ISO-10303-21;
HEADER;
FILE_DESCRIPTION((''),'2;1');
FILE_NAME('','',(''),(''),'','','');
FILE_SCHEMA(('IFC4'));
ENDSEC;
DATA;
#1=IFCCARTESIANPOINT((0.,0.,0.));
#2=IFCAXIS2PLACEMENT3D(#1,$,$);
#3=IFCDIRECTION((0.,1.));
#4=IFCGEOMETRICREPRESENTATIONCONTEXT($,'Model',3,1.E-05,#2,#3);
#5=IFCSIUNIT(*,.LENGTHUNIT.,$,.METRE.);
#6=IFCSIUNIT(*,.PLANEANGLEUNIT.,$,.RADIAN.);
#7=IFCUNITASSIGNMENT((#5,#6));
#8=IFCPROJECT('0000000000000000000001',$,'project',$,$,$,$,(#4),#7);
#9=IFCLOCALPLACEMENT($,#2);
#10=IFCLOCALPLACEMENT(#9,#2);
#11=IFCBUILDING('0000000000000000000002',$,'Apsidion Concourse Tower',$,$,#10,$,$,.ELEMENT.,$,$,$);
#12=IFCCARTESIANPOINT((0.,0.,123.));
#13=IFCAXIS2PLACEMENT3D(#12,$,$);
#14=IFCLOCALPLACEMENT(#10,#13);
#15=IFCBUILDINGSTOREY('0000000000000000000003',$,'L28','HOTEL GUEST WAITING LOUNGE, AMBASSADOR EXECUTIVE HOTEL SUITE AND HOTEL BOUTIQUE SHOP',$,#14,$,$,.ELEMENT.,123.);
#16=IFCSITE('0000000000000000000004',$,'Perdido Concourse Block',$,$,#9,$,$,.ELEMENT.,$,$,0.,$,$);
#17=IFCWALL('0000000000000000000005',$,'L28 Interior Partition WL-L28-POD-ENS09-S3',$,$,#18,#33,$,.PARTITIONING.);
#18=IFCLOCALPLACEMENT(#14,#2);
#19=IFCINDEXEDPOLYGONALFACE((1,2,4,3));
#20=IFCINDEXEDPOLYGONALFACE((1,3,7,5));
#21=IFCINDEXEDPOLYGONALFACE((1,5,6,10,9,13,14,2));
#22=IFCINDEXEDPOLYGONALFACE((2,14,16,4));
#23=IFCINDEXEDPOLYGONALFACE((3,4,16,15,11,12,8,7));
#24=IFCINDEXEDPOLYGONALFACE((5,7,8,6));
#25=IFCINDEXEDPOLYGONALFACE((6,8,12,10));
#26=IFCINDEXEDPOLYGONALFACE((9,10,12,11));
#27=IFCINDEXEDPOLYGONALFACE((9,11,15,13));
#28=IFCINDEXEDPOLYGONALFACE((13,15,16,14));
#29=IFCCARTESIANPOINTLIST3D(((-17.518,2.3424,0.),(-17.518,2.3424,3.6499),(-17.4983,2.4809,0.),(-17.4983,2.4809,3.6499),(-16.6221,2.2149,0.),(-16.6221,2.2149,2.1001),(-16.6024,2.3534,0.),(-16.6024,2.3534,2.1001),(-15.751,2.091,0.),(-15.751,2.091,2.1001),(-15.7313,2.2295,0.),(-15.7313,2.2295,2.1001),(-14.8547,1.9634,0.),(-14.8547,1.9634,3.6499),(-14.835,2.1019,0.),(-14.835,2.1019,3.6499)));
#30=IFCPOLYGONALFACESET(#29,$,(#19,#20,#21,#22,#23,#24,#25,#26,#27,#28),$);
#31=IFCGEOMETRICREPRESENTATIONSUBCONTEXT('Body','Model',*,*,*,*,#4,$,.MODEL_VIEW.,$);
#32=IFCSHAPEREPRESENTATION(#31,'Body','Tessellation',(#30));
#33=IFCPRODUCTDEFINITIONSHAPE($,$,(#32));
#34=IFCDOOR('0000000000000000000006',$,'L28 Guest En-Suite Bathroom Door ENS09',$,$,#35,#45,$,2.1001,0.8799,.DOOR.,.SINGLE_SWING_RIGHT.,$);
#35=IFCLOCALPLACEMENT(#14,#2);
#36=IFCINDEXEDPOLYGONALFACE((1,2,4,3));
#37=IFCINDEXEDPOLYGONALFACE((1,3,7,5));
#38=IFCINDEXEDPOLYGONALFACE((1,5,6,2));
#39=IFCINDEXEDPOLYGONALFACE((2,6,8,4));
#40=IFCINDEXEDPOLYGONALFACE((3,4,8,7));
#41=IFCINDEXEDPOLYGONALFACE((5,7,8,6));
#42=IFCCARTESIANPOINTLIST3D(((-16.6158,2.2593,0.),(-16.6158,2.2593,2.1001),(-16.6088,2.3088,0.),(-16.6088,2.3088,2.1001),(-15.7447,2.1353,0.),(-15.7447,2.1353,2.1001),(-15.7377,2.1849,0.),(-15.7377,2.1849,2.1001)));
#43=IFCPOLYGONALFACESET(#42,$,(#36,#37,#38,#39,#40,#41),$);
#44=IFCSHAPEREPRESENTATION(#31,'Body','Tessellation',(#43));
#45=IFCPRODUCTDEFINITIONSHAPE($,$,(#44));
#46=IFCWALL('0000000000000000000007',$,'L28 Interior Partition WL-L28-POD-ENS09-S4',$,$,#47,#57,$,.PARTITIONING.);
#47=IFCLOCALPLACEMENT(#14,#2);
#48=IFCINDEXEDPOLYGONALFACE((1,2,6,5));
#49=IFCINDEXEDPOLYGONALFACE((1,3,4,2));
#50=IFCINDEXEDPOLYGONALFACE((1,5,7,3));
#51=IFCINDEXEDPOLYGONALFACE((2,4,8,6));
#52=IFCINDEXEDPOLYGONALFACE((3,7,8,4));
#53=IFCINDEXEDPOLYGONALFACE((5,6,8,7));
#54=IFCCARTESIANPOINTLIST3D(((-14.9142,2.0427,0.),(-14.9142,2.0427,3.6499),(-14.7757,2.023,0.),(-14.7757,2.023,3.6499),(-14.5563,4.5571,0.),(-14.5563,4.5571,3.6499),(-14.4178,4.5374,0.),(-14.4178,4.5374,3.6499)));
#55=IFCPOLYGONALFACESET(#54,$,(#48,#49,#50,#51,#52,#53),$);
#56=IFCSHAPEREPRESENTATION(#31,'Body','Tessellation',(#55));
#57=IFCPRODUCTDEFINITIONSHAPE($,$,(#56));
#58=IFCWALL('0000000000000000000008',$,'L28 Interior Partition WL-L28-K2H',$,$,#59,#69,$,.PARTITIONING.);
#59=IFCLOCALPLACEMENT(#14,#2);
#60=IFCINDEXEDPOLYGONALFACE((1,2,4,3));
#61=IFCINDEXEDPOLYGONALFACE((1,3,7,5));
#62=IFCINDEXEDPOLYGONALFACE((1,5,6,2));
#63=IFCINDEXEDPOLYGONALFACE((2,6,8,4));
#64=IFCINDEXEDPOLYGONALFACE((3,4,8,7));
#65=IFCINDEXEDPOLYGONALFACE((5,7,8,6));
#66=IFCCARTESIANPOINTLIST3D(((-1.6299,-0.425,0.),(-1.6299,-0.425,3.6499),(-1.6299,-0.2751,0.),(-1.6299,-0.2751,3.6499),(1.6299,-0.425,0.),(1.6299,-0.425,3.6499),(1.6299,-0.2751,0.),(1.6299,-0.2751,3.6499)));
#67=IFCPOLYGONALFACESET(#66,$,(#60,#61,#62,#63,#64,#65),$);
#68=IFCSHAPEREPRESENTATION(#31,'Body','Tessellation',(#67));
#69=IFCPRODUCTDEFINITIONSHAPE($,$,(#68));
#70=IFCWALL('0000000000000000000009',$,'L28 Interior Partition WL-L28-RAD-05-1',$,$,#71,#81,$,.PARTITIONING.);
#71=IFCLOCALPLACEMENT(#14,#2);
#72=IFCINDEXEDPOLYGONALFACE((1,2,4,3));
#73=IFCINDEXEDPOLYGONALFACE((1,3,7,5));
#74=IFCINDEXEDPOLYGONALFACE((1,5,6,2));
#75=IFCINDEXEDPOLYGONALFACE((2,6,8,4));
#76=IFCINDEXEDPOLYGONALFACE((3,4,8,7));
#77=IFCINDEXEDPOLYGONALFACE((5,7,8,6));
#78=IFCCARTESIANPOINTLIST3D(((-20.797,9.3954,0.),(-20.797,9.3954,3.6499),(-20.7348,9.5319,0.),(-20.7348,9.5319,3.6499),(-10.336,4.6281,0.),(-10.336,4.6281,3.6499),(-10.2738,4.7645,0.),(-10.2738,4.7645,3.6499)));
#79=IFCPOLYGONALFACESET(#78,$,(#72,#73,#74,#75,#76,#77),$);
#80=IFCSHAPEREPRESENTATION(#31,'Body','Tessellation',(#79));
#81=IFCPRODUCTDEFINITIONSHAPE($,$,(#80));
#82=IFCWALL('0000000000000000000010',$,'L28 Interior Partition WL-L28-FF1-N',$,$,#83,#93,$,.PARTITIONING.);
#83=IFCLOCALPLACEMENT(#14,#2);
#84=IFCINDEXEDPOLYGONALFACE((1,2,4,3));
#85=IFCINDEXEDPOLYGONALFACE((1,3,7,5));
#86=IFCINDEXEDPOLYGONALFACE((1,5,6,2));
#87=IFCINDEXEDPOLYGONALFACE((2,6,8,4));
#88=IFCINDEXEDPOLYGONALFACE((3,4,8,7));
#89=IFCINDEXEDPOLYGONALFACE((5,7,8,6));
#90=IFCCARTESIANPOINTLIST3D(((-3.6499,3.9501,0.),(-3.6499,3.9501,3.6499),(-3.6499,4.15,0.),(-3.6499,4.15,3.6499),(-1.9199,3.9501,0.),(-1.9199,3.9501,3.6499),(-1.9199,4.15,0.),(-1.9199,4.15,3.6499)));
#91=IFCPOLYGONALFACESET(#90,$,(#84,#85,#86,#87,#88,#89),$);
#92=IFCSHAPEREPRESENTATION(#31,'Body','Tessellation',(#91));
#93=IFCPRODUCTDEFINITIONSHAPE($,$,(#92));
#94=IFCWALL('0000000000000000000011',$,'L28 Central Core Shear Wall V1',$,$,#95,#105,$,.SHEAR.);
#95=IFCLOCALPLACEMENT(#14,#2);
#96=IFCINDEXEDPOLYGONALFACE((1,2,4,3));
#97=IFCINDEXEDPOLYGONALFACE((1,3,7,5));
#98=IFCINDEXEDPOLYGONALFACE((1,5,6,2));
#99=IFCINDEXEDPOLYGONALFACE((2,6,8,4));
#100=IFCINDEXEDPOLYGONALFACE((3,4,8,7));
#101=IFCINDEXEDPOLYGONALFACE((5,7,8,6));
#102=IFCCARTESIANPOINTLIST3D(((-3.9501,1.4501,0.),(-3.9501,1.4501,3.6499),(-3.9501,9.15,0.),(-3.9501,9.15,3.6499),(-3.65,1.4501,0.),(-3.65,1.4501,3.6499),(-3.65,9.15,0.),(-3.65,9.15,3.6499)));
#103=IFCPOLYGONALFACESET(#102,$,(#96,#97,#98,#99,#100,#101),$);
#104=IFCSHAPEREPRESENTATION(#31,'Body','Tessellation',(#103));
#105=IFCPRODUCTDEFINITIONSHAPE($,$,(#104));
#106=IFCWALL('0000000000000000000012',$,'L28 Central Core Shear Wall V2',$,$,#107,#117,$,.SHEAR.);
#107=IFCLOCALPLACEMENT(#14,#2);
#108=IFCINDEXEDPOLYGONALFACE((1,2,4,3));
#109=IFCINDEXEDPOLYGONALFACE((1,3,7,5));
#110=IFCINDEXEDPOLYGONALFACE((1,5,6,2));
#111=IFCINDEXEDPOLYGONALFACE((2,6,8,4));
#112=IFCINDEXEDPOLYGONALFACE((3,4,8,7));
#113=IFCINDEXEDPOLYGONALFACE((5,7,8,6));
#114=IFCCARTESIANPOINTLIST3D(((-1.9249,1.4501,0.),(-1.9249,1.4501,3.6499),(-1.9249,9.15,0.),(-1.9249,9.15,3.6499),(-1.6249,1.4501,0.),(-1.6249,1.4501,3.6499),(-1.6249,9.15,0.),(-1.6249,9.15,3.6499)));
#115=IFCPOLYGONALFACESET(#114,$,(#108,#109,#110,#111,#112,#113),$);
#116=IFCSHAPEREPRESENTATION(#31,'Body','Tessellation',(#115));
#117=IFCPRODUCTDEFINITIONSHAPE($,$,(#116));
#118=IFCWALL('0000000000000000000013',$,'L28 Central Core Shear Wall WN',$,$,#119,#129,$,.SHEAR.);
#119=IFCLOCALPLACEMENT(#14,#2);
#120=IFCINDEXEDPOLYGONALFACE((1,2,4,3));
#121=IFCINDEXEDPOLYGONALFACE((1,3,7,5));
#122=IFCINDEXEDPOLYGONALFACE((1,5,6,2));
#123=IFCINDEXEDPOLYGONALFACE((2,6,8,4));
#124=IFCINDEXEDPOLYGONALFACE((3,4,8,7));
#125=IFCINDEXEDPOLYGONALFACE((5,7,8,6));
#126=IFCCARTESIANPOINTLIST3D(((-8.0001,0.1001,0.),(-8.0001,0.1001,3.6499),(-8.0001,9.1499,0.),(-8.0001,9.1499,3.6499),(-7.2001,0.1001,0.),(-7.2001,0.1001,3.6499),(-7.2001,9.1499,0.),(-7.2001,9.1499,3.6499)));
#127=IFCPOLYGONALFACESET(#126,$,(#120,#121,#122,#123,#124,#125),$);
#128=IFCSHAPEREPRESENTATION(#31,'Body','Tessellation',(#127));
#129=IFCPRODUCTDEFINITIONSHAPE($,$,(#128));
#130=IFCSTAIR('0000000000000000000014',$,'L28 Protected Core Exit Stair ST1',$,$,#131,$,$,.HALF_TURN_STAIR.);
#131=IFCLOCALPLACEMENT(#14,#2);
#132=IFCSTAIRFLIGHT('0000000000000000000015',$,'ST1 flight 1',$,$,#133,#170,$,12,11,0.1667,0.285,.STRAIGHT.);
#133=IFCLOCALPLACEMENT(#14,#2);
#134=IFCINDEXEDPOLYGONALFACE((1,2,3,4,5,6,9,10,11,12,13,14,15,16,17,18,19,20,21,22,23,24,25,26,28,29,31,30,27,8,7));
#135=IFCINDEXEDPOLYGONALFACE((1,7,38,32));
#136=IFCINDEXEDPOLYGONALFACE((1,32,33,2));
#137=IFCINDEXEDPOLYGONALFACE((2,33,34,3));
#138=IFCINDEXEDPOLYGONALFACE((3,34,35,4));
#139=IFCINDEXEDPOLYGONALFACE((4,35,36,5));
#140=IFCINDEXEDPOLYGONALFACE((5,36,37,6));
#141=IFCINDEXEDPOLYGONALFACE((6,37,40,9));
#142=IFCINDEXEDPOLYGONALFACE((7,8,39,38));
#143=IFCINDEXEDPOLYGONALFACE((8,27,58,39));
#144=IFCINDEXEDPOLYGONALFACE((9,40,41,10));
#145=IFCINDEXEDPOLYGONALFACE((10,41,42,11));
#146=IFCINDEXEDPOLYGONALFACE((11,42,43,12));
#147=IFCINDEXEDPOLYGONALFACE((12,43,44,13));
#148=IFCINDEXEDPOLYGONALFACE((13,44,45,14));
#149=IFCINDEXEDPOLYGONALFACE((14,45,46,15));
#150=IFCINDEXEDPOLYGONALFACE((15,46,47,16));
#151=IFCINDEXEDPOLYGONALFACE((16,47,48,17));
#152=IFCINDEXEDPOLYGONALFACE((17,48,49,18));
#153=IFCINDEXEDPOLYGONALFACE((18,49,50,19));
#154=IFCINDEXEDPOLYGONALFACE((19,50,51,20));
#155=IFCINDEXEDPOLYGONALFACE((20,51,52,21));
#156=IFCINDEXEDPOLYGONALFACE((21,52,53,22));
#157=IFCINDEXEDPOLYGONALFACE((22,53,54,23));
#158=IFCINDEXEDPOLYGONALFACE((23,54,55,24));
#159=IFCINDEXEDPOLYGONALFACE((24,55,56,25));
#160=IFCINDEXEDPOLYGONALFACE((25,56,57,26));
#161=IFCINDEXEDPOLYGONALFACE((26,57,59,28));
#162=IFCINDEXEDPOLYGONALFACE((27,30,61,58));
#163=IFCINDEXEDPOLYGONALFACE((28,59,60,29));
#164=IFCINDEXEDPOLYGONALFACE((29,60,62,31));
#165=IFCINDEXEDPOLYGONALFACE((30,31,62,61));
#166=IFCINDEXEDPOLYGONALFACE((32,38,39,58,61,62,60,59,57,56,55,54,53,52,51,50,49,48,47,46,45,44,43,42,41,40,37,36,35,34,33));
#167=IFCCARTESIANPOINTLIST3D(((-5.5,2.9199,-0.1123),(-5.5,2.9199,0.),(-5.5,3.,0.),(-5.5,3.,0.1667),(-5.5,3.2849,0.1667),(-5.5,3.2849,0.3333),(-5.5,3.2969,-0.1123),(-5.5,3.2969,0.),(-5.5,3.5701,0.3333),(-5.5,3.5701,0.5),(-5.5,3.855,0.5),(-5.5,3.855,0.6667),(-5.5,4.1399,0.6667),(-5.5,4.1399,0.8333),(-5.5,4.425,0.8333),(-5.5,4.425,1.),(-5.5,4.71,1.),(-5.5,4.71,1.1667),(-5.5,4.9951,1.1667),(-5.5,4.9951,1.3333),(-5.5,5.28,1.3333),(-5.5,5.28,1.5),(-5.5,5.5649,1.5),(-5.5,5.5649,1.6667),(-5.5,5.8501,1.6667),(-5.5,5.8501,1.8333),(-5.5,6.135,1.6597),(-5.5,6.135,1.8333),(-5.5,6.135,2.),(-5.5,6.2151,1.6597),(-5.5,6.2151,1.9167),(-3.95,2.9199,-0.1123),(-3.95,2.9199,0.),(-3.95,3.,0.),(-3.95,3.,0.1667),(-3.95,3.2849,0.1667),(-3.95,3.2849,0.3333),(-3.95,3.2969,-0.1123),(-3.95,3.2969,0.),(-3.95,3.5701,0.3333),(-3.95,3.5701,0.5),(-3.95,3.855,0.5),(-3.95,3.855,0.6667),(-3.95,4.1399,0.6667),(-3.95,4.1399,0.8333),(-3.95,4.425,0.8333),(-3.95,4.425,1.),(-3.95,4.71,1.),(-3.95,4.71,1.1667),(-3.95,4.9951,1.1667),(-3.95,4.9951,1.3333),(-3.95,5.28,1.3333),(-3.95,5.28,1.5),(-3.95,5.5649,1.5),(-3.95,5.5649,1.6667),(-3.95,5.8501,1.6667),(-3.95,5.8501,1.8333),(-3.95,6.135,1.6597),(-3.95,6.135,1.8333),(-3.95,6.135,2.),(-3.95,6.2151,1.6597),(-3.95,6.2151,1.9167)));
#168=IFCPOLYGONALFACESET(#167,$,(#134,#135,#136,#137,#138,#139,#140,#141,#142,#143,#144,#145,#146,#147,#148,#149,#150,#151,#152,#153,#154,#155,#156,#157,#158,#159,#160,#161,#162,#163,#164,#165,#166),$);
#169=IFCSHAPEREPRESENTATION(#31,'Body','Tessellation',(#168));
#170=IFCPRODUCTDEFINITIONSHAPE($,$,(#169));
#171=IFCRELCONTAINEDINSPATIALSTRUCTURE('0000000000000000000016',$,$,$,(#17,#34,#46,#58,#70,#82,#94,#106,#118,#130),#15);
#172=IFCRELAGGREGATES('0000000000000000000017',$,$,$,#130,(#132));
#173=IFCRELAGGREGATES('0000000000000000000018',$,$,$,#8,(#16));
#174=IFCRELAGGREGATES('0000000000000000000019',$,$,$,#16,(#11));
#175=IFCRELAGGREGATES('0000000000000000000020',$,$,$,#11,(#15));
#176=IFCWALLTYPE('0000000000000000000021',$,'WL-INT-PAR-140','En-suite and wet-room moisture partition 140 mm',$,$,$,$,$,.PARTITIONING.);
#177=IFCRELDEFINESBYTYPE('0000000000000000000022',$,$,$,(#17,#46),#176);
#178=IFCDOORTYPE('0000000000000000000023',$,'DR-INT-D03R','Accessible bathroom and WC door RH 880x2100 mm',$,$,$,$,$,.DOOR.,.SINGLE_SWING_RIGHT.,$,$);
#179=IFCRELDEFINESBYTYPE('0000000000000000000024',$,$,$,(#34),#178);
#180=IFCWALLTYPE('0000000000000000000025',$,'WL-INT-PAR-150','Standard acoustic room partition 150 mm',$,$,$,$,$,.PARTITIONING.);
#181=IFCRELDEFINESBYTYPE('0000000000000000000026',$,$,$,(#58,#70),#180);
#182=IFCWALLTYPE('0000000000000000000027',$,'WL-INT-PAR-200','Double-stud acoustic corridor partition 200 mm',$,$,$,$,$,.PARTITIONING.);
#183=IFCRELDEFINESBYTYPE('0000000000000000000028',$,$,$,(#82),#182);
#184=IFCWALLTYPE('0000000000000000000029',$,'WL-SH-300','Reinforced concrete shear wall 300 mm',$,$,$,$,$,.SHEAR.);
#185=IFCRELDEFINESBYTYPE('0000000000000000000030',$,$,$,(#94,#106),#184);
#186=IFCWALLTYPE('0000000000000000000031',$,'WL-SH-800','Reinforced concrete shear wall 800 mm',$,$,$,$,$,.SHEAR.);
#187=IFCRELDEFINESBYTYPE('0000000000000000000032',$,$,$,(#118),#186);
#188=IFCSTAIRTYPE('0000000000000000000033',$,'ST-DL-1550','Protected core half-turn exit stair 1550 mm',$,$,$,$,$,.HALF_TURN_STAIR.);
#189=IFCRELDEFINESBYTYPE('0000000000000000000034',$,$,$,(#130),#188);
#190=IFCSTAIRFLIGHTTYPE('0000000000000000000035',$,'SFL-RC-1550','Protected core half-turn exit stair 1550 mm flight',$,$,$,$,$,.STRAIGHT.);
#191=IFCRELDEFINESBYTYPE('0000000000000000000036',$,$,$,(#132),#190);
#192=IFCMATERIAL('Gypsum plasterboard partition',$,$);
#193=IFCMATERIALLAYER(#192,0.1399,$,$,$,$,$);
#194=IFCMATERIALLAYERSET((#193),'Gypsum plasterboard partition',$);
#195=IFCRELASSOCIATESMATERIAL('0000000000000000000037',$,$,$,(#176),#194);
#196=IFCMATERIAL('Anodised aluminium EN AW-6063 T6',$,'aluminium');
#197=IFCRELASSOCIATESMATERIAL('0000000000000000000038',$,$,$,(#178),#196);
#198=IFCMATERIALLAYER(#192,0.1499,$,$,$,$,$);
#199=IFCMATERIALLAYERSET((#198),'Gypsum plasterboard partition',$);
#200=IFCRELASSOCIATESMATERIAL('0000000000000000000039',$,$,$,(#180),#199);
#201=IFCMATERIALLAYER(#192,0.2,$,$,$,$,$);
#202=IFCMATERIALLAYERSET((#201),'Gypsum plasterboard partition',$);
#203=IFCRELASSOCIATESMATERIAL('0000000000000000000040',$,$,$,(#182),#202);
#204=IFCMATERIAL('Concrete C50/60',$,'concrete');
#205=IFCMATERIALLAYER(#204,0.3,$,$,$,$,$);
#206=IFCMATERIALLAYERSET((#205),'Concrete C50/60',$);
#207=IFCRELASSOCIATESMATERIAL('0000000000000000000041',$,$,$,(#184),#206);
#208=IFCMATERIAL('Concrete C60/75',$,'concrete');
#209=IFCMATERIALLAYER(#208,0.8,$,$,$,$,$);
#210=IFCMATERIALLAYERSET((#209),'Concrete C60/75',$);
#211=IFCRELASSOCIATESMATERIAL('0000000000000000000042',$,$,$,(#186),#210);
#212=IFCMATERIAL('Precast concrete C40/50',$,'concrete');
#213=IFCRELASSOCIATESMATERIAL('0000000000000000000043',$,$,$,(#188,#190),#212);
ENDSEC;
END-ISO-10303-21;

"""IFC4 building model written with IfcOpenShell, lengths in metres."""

from ifc_helpers import new_model, si_unit, direction, frame, frame_2d, origin, place, context, subcontext, project, spatial, polyline, rectangle, outline, extrude, material, layer, layer_set, type_object, element, fill, aggregate, save


model = new_model("IFC4")

# Units and contexts
model_context = context("Model", 3, precision=1e-05, world=origin(), true_north=direction((0.0, 1.0)))
body_context = subcontext(model_context, "Body", "Model", "MODEL_VIEW")
ifc_project = project(units=[si_unit("LENGTHUNIT", "METRE"), si_unit("PLANEANGLEUNIT", "RADIAN")], contexts=[model_context])

# Site, building, storey
site_placement = place(None, origin())
site = spatial("IfcSite", under=ifc_project, at=site_placement, Name="Perdido Concourse Block", CompositionType="ELEMENT", RefElevation=0.0)
building_placement = place(site_placement, origin())
building = spatial("IfcBuilding", under=site, at=building_placement, Name="Apsidion Concourse Tower", CompositionType="ELEMENT")
storey_placement = place(building_placement, frame((0.0, 0.0, 123.0)))
storey = spatial("IfcBuildingStorey", under=building, at=storey_placement, Name="L28", Description="HOTEL GUEST WAITING LOUNGE, AMBASSADOR EXECUTIVE HOTEL SUITE AND HOTEL BOUTIQUE SHOP", CompositionType="ELEMENT", Elevation=123.0)

# Shared definitions
ifc_material_1 = material(Name="Concrete C50/60", Category="concrete")
ifc_material_2 = material(Name="Concrete C60/75", Category="concrete")

# Shared definitions
ifc_material_3 = material(Name="Gypsum plasterboard partition")
ifc_layer_1 = layer(ifc_material_3, 0.1399)
ifc_layer_set_1 = layer_set([ifc_layer_1], Name="Gypsum plasterboard partition")
wall_type_1 = type_object("IfcWallType", Name="WL-INT-PAR-140", Description="En-suite and wet-room moisture partition 140 mm", PredefinedType="PARTITIONING", material=ifc_layer_set_1)

# Wall, opening, door
wall_1_placement = place(storey_placement, frame((-17.5083, 2.4116, 0.0), z_axis=(0.0, 0.0, 1.0), x_axis=(0.990031, -0.14085, 0.0)))
wall_1 = element("IfcWall", 1, at=wall_1_placement, inside=storey, type_object=wall_type_1, Name="L28 Interior Partition WL-L28-POD-ENS09-S3", PredefinedType="PARTITIONING", context=body_context, shape_type="SweptSolid", body=[
    extrude(rectangle(XDim=2.6902, YDim=0.1399, at=frame_2d((1.3452, 0.0))), origin(), (0.0, 0.0, 1.0), 3.6499),
])
opening_1_placement = place(wall_1_placement, frame((0.905, 0.0, 0.0)))
opening_1 = element("IfcOpeningElement", 2, at=opening_1_placement, cuts=wall_1, PredefinedType="OPENING", context=body_context, shape_type="SweptSolid", body=[
    extrude(rectangle(XDim=0.8799, YDim=2.1001, at=frame_2d((0.4399, 1.05))), frame((0.0, 0.0801, 0.0), z_axis=(0.0, -1.0, 0.0), x_axis=(1.0, 0.0, 0.0)), (0.0, 0.0, 1.0), 0.1599),
])
ifc_material_4 = material(Name="Anodised aluminium EN AW-6063 T6", Category="aluminium")
door_type_1 = type_object("IfcDoorType", Name="DR-INT-D03R", Description="Accessible bathroom and WC door RH 880x2100 mm", OperationType="SINGLE_SWING_RIGHT", PredefinedType="DOOR", material=ifc_material_4)
door_1_placement = place(opening_1_placement, origin())
door_1 = element("IfcDoor", 3, at=door_1_placement, inside=storey, type_object=door_type_1, Name="L28 Guest En-Suite Bathroom Door ENS09", OperationType="SINGLE_SWING_RIGHT", OverallHeight=2.1001, OverallWidth=0.8799, PredefinedType="DOOR", context=body_context, shape_type="SweptSolid", body=[
    extrude(rectangle(XDim=0.8799, YDim=2.1001, at=frame_2d((0.4399, 1.05))), frame((0.0, 0.0249, 0.0), z_axis=(0.0, -1.0, 0.0), x_axis=(1.0, 0.0, 0.0)), (0.0, 0.0, 1.0), 0.05),
])
fill(opening_1, door_1)

# Walls
wall_2_placement = place(storey_placement, frame((-14.845, 2.0327, 0.0), z_axis=(0.0, 0.0, 1.0), x_axis=(0.140923, 0.990021, 0.0)))
element("IfcWall", 4, at=wall_2_placement, inside=storey, type_object=wall_type_1, Name="L28 Interior Partition WL-L28-POD-ENS09-S4", PredefinedType="PARTITIONING", context=body_context, shape_type="SweptSolid", body=[
    extrude(rectangle(XDim=2.5398, YDim=0.1399, at=frame_2d((1.27, 0.0))), origin(), (0.0, 0.0, 1.0), 3.6499),
])
ifc_layer_2 = layer(ifc_material_3, 0.1499)
ifc_layer_set_2 = layer_set([ifc_layer_2], Name="Gypsum plasterboard partition")
wall_type_2 = type_object("IfcWallType", Name="WL-INT-PAR-150", Description="Standard acoustic room partition 150 mm", PredefinedType="PARTITIONING", material=ifc_layer_set_2)
wall_3_placement = place(storey_placement, frame((-1.6299, -0.3501, 0.0), z_axis=(0.0, 0.0, 1.0), x_axis=(1.0, 0.0, 0.0)))
element("IfcWall", 5, at=wall_3_placement, inside=storey, type_object=wall_type_2, Name="L28 Interior Partition WL-L28-K2H", PredefinedType="PARTITIONING", context=body_context, shape_type="SweptSolid", body=[
    extrude(rectangle(XDim=3.2598, YDim=0.1499, at=frame_2d((1.6299, 0.0))), origin(), (0.0, 0.0, 1.0), 3.6499),
])
wall_4_placement = place(storey_placement, frame((-10.3049, 4.6963, 0.0), z_axis=(0.0, 0.0, 1.0), x_axis=(-0.909961, 0.414694, 0.0)))
element("IfcWall", 6, at=wall_4_placement, inside=storey, type_object=wall_type_2, Name="L28 Interior Partition WL-L28-RAD-05-1", PredefinedType="PARTITIONING", context=body_context, shape_type="SweptSolid", body=[
    extrude(rectangle(XDim=11.4961, YDim=0.1499, at=frame_2d((5.748, 0.0))), origin(), (0.0, 0.0, 1.0), 3.6499),
])
ifc_layer_3 = layer(ifc_material_3, 0.2)
ifc_layer_set_3 = layer_set([ifc_layer_3], Name="Gypsum plasterboard partition")
wall_type_3 = type_object("IfcWallType", Name="WL-INT-PAR-200", Description="Double-stud acoustic corridor partition 200 mm", PredefinedType="PARTITIONING", material=ifc_layer_set_3)
wall_5_placement = place(storey_placement, frame((-3.6499, 4.05, 0.0), z_axis=(0.0, 0.0, 1.0), x_axis=(1.0, 0.0, 0.0)))
element("IfcWall", 7, at=wall_5_placement, inside=storey, type_object=wall_type_3, Name="L28 Interior Partition WL-L28-FF1-N", PredefinedType="PARTITIONING", context=body_context, shape_type="SweptSolid", body=[
    extrude(rectangle(XDim=1.73, YDim=0.2, at=frame_2d((0.865, 0.0))), origin(), (0.0, 0.0, 1.0), 3.6499),
])
ifc_layer_4 = layer(ifc_material_1, 0.3)
ifc_layer_set_4 = layer_set([ifc_layer_4], Name="Concrete C50/60")
wall_type_4 = type_object("IfcWallType", Name="WL-SH-300", Description="Reinforced concrete shear wall 300 mm", PredefinedType="SHEAR", material=ifc_layer_set_4)
for number, where, z_axis, x_axis, name in (
    (8, (-3.8, 1.45, 0.0), (0.0, 0.0, 1.0), (0.0, 1.0, 0.0), "L28 Central Core Shear Wall V1"),
    (9, (-1.7749, 1.45, 0.0), (0.0, 0.0, 1.0), (0.0, 1.0, 0.0), "L28 Central Core Shear Wall V2"),
):
    element("IfcWall", number, at=place(storey_placement, frame(where, z_axis=z_axis, x_axis=x_axis)), inside=storey, type_object=wall_type_4, Name=name, PredefinedType="SHEAR", context=body_context, shape_type="SweptSolid", body=[
        extrude(rectangle(XDim=7.7, YDim=0.3, at=frame_2d((3.8501, 0.0))), origin(), (0.0, 0.0, 1.0), 3.6499),
    ])

# Wall
ifc_layer_5 = layer(ifc_material_2, 0.8)
ifc_layer_set_5 = layer_set([ifc_layer_5], Name="Concrete C60/75")
wall_type_5 = type_object("IfcWallType", Name="WL-SH-800", Description="Reinforced concrete shear wall 800 mm", PredefinedType="SHEAR", material=ifc_layer_set_5)
wall_6_placement = place(storey_placement, frame((-7.6001, 0.1001, 0.0), z_axis=(0.0, 0.0, 1.0), x_axis=(0.0, 1.0, 0.0)))
element("IfcWall", 10, at=wall_6_placement, inside=storey, type_object=wall_type_5, Name="L28 Central Core Shear Wall WN", PredefinedType="SHEAR", context=body_context, shape_type="SweptSolid", body=[
    extrude(rectangle(XDim=9.0498, YDim=0.8, at=frame_2d((4.5249, 0.0))), origin(), (0.0, 0.0, 1.0), 3.6499),
])

# Stair, stair flight
ifc_material_5 = material(Name="Precast concrete C40/50", Category="concrete")
stair_type = type_object("IfcStairType", Name="ST-DL-1550", Description="Protected core half-turn exit stair 1550 mm", PredefinedType="HALF_TURN_STAIR", material=ifc_material_5)
stair_placement = place(storey_placement, origin())
stair = element("IfcStair", 11, at=stair_placement, inside=storey, type_object=stair_type, Name="L28 Protected Core Exit Stair ST1", PredefinedType="HALF_TURN_STAIR")
stair_flight_type = type_object("IfcStairFlightType", Name="SFL-RC-1550", Description="Protected core half-turn exit stair 1550 mm flight", PredefinedType="STRAIGHT", material=ifc_material_5)
stair_flight_1_placement = place(storey_placement, frame((-4.7251, 3.0, 0.0), z_axis=(0.0, 0.0, 1.0), x_axis=(0.0, 1.0, 0.0)))
stair_flight_1 = element("IfcStairFlight", 12, at=stair_flight_1_placement, type_object=stair_flight_type, Name="ST1 flight 1", NumberOfRisers=12, NumberOfTreads=11, PredefinedType="STRAIGHT", RiserHeight=0.1667, TreadLength=0.285, context=body_context, shape_type="SweptSolid", body=[
    extrude(outline(polyline([(-0.0801, -0.1123), (-0.0801, 0.0), (0.0, 0.0), (0.0, 0.1667), (0.2849, 0.1667), (0.2849, 0.3333), (0.5701, 0.3333), (0.5701, 0.5), (0.855, 0.5), (0.855, 0.6667), (1.1399, 0.6667), (1.1399, 0.8333), (1.425, 0.8333), (1.425, 1.0), (1.71, 1.0), (1.71, 1.1667), (1.9951, 1.1667), (1.9951, 1.3333), (2.28, 1.3333), (2.28, 1.5), (2.5649, 1.5), (2.5649, 1.6667), (2.8501, 1.6667), (2.8501, 1.8333), (3.135, 1.8333), (3.135, 2.0), (3.2151, 1.9167), (3.2151, 1.6597), (3.135, 1.6597), (0.2969, 0.0), (0.2969, -0.1123), (-0.0801, -0.1123)])), frame((0.0, 0.7749, 0.0), z_axis=(0.0, -1.0, 0.0), x_axis=(1.0, 0.0, 0.0)), (0.0, 0.0, 1.0), 1.55),
])
aggregate(stair, [stair_flight_1])

save(model, "model.ifc")
